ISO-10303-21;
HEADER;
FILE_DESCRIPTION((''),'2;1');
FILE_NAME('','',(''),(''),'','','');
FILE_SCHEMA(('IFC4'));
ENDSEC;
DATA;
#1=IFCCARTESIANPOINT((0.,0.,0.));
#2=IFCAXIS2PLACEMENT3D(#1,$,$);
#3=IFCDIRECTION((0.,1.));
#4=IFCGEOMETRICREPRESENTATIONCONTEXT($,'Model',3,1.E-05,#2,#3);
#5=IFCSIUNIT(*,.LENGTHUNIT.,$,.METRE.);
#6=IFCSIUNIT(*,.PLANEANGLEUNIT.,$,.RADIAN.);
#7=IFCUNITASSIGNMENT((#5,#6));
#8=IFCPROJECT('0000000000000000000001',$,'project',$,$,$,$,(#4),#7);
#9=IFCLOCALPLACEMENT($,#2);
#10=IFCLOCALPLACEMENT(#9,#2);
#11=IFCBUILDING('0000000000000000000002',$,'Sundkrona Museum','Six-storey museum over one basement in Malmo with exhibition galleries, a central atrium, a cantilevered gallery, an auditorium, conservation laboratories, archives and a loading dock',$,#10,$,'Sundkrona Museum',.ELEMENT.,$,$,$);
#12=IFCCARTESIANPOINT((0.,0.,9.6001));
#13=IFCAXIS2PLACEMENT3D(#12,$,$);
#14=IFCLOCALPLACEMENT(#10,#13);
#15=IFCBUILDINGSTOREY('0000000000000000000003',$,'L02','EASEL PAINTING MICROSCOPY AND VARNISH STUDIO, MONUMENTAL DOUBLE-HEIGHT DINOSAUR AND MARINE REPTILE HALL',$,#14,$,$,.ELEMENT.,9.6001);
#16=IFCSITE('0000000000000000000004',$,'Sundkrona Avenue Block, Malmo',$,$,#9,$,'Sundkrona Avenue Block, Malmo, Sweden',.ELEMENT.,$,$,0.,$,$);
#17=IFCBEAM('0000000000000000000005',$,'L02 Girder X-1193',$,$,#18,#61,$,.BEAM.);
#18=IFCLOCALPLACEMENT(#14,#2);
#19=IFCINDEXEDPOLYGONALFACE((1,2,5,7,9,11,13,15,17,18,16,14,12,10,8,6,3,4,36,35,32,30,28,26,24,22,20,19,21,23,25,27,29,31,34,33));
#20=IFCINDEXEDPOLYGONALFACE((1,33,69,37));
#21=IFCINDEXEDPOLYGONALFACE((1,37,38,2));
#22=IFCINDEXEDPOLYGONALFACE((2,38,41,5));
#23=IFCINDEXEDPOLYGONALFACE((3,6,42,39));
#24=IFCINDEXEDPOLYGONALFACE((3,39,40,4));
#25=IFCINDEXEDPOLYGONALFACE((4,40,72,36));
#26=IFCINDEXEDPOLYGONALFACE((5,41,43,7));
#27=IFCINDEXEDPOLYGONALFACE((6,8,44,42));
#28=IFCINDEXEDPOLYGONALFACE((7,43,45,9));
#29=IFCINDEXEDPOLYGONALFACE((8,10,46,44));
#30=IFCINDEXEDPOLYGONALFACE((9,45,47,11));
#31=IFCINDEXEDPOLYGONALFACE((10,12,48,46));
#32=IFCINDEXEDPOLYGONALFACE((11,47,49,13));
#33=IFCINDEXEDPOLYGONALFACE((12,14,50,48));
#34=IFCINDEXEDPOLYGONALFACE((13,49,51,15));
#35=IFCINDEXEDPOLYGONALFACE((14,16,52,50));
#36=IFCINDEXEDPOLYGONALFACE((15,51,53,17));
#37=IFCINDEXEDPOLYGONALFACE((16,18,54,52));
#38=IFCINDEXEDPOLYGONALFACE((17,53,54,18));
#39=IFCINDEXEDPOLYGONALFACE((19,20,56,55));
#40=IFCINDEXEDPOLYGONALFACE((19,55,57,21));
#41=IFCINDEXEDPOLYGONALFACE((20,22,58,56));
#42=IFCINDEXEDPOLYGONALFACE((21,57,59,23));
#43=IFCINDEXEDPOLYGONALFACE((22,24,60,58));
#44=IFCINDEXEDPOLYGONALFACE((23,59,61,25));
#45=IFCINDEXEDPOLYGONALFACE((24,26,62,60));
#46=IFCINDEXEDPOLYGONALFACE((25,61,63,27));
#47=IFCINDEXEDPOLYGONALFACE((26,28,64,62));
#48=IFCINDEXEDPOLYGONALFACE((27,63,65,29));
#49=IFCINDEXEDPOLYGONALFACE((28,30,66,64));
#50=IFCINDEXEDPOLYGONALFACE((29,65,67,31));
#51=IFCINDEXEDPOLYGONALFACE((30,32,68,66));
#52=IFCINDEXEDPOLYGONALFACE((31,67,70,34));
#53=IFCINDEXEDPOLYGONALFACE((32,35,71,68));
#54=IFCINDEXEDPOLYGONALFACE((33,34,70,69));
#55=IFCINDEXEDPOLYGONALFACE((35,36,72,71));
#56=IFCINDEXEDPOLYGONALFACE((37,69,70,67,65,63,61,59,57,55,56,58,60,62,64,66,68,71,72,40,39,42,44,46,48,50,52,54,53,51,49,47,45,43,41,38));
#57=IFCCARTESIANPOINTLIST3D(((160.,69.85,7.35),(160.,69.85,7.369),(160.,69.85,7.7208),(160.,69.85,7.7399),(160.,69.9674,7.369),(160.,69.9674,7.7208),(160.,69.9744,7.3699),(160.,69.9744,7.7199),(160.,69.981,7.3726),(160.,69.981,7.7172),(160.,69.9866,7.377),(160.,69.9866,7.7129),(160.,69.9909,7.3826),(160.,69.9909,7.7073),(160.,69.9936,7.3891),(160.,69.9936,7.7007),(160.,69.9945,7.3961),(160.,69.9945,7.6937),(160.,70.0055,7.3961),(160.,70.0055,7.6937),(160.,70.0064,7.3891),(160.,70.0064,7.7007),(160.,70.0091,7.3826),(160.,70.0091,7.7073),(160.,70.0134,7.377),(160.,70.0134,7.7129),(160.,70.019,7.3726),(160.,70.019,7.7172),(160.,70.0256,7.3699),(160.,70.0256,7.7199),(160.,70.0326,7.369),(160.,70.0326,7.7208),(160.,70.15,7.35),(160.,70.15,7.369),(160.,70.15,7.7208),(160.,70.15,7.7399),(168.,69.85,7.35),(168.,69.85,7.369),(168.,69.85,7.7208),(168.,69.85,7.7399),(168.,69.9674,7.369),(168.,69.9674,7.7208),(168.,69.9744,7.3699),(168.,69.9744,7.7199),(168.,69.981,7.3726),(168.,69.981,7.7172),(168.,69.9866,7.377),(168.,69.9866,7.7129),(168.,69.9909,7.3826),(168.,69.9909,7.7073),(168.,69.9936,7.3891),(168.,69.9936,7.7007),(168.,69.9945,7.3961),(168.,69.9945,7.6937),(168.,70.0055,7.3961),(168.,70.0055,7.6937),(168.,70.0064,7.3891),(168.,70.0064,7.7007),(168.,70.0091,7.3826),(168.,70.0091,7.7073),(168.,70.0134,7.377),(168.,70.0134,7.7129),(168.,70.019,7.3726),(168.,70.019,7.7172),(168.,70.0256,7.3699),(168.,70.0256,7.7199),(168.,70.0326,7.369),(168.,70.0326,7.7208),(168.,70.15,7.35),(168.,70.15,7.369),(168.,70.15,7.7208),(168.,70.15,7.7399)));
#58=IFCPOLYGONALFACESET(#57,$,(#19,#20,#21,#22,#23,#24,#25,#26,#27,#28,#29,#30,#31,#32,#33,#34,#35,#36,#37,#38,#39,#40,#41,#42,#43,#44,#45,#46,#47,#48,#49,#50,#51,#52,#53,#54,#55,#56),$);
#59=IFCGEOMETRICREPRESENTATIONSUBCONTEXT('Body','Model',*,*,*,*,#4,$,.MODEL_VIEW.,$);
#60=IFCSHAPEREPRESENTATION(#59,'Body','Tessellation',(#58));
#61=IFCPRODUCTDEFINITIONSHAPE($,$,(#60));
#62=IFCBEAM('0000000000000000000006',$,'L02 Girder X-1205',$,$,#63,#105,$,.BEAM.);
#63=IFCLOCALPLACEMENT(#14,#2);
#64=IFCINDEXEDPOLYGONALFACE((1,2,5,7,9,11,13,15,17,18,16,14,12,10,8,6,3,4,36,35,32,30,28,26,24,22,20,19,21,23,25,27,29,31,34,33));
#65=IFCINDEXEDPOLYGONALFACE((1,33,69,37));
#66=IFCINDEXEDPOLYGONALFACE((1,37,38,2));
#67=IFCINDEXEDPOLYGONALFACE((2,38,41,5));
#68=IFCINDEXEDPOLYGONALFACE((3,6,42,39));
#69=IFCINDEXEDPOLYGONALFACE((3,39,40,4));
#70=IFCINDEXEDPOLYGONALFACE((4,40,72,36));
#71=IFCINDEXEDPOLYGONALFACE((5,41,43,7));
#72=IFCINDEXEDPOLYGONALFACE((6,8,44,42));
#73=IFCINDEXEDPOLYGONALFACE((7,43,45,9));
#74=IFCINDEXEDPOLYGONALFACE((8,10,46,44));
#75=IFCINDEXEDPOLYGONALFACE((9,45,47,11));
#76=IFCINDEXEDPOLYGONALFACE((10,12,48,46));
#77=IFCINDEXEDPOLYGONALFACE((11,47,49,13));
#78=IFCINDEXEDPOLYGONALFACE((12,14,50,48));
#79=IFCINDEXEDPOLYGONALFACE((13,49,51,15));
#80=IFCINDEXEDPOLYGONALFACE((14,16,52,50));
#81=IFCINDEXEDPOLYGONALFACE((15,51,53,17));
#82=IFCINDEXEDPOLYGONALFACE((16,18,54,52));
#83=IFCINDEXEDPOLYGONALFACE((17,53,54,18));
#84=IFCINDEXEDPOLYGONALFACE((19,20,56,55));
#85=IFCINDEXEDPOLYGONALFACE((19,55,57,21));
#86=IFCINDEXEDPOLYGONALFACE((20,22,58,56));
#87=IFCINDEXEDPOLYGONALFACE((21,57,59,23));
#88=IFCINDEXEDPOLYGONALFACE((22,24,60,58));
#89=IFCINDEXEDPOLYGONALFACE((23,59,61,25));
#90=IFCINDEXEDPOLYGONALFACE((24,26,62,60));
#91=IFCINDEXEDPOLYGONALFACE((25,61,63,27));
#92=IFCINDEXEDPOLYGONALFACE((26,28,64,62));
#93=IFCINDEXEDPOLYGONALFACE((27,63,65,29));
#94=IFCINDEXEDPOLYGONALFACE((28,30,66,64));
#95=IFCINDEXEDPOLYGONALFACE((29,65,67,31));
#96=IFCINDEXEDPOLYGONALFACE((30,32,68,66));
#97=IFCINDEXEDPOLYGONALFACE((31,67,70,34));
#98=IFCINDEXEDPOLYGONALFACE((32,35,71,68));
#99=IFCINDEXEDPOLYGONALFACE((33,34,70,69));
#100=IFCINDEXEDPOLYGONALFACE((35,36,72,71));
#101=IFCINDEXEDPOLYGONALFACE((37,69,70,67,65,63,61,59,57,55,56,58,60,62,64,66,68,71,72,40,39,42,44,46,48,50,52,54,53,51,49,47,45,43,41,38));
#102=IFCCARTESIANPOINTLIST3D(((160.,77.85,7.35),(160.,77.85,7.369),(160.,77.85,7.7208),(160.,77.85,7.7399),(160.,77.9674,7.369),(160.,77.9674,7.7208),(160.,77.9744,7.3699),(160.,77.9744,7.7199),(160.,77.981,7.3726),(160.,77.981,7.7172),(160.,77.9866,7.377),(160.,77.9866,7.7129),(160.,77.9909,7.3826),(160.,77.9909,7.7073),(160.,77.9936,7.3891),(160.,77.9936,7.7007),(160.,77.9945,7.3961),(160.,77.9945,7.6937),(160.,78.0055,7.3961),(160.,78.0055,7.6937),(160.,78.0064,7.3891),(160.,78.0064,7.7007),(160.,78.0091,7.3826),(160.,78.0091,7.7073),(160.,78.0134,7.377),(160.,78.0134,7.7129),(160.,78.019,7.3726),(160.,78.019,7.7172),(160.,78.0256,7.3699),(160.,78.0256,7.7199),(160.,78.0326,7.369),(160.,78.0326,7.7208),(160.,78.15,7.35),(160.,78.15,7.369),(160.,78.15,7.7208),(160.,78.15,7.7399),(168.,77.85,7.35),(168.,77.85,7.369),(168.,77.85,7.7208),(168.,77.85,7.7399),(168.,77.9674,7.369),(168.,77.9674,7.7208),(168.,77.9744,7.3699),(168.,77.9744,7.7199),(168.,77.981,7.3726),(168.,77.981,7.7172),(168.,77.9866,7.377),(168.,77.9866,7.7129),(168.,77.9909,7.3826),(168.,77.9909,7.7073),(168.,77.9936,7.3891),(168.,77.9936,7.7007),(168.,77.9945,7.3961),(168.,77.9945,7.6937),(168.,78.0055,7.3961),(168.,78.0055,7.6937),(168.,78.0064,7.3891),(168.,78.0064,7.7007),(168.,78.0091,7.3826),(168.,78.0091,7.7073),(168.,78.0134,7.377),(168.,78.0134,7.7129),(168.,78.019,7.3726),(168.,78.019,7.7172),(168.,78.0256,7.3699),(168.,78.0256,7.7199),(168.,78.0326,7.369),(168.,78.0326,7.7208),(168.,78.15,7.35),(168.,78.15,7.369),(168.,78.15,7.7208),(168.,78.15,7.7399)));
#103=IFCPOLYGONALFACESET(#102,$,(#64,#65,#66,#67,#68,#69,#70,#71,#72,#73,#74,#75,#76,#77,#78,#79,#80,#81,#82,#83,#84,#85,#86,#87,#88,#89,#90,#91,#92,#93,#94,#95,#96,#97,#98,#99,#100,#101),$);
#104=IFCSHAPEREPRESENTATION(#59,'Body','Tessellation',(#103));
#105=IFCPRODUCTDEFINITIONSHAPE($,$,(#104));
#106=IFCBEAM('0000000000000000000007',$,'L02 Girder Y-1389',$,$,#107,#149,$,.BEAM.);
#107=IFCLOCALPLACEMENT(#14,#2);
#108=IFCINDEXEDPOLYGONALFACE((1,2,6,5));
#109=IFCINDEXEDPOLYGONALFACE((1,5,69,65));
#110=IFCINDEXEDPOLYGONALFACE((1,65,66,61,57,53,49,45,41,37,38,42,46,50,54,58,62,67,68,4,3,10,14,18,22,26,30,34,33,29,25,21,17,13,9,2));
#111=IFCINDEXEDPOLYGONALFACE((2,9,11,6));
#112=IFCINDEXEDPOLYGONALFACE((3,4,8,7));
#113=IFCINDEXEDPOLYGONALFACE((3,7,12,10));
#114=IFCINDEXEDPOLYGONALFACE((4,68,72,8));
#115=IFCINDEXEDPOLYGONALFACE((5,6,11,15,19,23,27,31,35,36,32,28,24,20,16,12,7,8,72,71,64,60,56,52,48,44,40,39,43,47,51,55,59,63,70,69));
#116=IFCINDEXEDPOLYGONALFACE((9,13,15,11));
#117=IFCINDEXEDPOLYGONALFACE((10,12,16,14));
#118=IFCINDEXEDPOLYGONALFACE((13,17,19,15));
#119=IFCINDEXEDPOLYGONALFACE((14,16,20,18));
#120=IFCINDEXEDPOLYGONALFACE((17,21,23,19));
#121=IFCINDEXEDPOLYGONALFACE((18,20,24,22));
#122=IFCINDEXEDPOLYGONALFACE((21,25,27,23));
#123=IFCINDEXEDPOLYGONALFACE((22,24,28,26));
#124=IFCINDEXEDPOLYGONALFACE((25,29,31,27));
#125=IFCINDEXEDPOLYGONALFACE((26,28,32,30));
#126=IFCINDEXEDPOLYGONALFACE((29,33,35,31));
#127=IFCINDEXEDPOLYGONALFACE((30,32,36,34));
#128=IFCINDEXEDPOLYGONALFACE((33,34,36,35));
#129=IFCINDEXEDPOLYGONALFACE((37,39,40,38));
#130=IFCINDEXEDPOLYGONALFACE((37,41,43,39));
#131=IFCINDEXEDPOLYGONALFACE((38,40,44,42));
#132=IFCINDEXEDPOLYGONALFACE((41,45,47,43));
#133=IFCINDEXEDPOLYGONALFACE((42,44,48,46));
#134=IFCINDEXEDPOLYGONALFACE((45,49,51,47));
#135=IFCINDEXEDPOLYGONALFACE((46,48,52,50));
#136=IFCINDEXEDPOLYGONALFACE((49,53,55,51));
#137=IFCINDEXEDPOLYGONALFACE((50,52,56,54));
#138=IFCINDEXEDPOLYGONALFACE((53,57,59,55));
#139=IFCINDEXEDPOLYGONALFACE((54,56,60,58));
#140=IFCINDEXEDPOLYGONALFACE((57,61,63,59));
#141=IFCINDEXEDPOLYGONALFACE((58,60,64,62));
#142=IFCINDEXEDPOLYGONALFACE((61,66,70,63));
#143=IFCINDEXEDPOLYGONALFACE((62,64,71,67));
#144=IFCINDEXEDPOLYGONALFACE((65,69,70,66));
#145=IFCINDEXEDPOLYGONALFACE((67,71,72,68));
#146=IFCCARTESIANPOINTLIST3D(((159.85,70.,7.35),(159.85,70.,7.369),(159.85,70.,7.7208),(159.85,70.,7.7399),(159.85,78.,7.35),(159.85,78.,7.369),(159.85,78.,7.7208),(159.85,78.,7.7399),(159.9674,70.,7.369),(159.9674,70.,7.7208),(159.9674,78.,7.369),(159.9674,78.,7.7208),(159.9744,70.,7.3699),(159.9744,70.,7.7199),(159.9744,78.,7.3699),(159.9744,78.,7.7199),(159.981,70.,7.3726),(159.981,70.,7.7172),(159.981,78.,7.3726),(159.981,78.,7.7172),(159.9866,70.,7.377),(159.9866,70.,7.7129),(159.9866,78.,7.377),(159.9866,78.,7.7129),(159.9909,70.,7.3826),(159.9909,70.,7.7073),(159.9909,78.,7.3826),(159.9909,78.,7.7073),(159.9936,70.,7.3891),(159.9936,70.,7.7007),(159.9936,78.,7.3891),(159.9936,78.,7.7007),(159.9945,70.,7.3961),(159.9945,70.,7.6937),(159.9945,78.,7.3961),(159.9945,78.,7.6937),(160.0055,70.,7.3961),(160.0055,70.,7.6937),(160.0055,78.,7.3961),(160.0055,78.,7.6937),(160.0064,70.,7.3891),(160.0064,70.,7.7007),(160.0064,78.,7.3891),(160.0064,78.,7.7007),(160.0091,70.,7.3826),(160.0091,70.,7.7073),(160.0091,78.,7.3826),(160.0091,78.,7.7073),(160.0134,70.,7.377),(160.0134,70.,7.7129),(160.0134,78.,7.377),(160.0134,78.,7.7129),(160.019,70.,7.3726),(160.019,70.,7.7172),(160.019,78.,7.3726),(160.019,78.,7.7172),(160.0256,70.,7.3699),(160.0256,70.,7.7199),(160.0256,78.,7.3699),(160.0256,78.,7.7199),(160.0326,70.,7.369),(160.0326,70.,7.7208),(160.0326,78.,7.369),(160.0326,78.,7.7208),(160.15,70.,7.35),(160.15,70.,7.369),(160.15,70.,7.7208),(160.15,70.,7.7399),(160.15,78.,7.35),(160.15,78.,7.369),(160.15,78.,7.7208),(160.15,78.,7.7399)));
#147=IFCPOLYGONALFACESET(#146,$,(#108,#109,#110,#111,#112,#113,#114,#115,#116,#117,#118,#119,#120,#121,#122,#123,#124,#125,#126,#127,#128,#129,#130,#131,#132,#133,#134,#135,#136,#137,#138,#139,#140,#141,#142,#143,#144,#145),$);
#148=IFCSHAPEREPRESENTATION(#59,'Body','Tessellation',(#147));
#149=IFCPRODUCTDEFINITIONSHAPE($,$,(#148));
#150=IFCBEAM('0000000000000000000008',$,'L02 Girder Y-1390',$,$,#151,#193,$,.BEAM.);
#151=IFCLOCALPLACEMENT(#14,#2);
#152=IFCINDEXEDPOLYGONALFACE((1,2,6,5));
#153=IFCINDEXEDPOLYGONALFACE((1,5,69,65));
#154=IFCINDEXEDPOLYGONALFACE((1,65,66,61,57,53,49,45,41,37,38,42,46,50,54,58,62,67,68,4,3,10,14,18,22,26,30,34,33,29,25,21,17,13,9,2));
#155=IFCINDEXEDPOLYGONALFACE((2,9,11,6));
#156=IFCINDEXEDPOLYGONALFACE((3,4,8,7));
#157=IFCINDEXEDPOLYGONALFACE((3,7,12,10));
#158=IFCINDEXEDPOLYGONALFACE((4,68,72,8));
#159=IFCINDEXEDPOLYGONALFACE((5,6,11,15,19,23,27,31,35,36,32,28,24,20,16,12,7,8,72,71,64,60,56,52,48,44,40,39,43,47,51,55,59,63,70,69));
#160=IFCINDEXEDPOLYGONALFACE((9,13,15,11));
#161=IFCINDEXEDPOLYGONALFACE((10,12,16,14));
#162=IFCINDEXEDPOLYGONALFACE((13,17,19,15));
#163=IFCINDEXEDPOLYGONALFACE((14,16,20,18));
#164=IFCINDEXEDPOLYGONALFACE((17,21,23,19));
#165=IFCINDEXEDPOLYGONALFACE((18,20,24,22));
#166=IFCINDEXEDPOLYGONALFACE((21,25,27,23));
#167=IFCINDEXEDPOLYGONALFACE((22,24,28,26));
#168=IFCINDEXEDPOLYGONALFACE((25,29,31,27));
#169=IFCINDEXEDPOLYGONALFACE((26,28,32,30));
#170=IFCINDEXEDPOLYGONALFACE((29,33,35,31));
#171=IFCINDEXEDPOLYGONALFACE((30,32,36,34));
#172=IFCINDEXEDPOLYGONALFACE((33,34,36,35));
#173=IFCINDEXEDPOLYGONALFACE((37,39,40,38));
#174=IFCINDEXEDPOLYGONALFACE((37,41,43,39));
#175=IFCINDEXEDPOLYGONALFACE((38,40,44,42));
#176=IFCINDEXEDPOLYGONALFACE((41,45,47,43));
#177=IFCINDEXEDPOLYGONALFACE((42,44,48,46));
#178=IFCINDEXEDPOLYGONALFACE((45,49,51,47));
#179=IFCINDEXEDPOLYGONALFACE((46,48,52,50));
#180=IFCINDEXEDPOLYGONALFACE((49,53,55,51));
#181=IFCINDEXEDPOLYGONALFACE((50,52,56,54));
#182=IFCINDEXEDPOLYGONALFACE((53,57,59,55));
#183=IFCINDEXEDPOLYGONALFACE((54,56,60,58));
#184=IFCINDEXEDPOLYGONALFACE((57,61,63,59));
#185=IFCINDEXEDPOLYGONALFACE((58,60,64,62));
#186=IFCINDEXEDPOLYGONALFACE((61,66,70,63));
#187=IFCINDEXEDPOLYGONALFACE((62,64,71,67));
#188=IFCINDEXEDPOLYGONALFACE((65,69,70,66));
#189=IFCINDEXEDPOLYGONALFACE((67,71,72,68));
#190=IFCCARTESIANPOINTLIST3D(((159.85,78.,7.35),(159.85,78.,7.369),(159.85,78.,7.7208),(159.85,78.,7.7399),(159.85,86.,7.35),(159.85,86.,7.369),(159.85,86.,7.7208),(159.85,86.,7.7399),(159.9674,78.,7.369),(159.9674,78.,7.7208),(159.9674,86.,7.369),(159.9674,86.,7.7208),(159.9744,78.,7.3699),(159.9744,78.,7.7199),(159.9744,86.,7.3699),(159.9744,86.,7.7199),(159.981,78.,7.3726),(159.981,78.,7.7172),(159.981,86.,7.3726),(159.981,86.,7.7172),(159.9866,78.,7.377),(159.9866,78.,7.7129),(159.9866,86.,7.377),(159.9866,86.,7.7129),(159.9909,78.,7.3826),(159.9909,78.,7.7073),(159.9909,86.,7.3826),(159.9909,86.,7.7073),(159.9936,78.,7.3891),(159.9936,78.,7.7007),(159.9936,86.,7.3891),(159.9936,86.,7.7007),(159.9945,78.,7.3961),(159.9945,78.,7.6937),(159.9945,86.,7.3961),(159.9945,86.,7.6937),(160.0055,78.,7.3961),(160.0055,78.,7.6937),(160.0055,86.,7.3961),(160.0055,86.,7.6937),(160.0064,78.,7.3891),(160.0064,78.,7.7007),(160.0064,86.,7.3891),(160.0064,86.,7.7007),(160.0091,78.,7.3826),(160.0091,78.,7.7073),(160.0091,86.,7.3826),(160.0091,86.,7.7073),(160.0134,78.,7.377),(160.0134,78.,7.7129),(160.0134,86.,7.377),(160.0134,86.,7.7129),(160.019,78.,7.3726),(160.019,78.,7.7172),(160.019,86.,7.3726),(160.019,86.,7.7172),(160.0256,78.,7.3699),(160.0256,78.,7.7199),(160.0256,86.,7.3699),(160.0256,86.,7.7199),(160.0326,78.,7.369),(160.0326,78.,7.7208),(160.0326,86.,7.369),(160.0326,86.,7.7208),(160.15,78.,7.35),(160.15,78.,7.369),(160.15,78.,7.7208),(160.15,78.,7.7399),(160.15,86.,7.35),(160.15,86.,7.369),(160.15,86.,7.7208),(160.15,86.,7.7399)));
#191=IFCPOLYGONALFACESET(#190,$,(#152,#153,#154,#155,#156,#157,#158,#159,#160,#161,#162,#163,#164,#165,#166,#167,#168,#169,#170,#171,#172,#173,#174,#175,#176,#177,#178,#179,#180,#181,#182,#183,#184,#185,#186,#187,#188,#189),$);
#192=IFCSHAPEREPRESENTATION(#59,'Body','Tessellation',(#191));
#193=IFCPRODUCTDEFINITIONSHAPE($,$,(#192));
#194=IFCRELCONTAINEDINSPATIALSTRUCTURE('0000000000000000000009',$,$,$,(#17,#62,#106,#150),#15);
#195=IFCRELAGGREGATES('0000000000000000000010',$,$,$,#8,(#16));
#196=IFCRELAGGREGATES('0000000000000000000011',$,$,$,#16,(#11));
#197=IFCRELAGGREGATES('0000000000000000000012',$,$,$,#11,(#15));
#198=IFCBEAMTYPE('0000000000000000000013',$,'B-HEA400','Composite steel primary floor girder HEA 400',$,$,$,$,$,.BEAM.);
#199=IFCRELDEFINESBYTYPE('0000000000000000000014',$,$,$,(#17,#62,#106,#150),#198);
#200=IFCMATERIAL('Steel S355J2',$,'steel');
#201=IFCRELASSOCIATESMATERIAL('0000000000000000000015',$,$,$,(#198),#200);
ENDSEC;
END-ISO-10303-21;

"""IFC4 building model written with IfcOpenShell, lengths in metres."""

from ifc_helpers import new_model, si_unit, direction, frame, origin, origin_2d, place, context, subcontext, project, spatial, i_section, extrude, material, material_profile, profile_set, type_object, element, save


model = new_model("IFC4")

# Units and contexts
model_context = context("Model", 3, precision=1e-05, world=origin(), true_north=direction((0.0, 1.0)))
body_context = subcontext(model_context, "Body", "Model", "MODEL_VIEW")
ifc_project = project(units=[si_unit("LENGTHUNIT", "METRE"), si_unit("PLANEANGLEUNIT", "RADIAN")], contexts=[model_context])

# Site, building, storey
site_placement = place(None, origin())
site = spatial("IfcSite", under=ifc_project, at=site_placement, Name="Sundkrona Avenue Block, Malmo", LongName="Sundkrona Avenue Block, Malmo, Sweden", CompositionType="ELEMENT", RefElevation=0.0)
building_placement = place(site_placement, origin())
building = spatial("IfcBuilding", under=site, at=building_placement, Name="Sundkrona Museum", Description="Six-storey museum over one basement in Malmo with exhibition galleries, a central atrium, a cantilevered gallery, an auditorium, conservation laboratories, archives and a loading dock", LongName="Sundkrona Museum", CompositionType="ELEMENT")
storey_placement = place(building_placement, frame((0.0, 0.0, 9.6001)))
storey = spatial("IfcBuildingStorey", under=building, at=storey_placement, Name="L02", Description="EASEL PAINTING MICROSCOPY AND VARNISH STUDIO, MONUMENTAL DOUBLE-HEIGHT DINOSAUR AND MARINE REPTILE HALL", CompositionType="ELEMENT", Elevation=9.6001)

# Shared definitions
ifc_material_1 = material(Name="Steel S355J2", Category="steel")

# Beams
ifc_material_profile_1 = material_profile(ifc_material_1, i_section(OverallWidth=0.3, OverallDepth=0.3899, WebThickness=0.011, FlangeThickness=0.019, FilletRadius=0.0271, at=origin_2d()), Name="HEA 400")
ifc_profile_set_1 = profile_set([ifc_material_profile_1], Name="Steel S355J2")
beam_type_1 = type_object("IfcBeamType", Name="B-HEA400", Description="Composite steel primary floor girder HEA 400", PredefinedType="BEAM", material=ifc_profile_set_1)
for number, where, z_axis, x_axis, name in (
    (1, (160.0, 70.0, 7.5449), (1.0, 0.0, 0.0), (0.0, 1.0, 0.0), "L02 Girder X-1193"),
    (2, (160.0, 78.0, 7.5449), (1.0, 0.0, 0.0), (0.0, 1.0, 0.0), "L02 Girder X-1205"),
    (3, (160.0, 70.0, 7.5449), (0.0, 1.0, 0.0), (-1.0, 0.0, 0.0), "L02 Girder Y-1389"),
    (4, (160.0, 78.0, 7.5449), (0.0, 1.0, 0.0), (-1.0, 0.0, 0.0), "L02 Girder Y-1390"),
):
    element("IfcBeam", number, at=place(storey_placement, frame(where, z_axis=z_axis, x_axis=x_axis)), inside=storey, type_object=beam_type_1, Name=name, PredefinedType="BEAM", context=body_context, shape_type="SweptSolid", body=[
        extrude(i_section(OverallWidth=0.3, OverallDepth=0.3899, WebThickness=0.011, FlangeThickness=0.019, FilletRadius=0.0271, at=origin_2d()), origin(), (0.0, 0.0, 1.0), 8.0),
    ])

save(model, "model.ifc")
